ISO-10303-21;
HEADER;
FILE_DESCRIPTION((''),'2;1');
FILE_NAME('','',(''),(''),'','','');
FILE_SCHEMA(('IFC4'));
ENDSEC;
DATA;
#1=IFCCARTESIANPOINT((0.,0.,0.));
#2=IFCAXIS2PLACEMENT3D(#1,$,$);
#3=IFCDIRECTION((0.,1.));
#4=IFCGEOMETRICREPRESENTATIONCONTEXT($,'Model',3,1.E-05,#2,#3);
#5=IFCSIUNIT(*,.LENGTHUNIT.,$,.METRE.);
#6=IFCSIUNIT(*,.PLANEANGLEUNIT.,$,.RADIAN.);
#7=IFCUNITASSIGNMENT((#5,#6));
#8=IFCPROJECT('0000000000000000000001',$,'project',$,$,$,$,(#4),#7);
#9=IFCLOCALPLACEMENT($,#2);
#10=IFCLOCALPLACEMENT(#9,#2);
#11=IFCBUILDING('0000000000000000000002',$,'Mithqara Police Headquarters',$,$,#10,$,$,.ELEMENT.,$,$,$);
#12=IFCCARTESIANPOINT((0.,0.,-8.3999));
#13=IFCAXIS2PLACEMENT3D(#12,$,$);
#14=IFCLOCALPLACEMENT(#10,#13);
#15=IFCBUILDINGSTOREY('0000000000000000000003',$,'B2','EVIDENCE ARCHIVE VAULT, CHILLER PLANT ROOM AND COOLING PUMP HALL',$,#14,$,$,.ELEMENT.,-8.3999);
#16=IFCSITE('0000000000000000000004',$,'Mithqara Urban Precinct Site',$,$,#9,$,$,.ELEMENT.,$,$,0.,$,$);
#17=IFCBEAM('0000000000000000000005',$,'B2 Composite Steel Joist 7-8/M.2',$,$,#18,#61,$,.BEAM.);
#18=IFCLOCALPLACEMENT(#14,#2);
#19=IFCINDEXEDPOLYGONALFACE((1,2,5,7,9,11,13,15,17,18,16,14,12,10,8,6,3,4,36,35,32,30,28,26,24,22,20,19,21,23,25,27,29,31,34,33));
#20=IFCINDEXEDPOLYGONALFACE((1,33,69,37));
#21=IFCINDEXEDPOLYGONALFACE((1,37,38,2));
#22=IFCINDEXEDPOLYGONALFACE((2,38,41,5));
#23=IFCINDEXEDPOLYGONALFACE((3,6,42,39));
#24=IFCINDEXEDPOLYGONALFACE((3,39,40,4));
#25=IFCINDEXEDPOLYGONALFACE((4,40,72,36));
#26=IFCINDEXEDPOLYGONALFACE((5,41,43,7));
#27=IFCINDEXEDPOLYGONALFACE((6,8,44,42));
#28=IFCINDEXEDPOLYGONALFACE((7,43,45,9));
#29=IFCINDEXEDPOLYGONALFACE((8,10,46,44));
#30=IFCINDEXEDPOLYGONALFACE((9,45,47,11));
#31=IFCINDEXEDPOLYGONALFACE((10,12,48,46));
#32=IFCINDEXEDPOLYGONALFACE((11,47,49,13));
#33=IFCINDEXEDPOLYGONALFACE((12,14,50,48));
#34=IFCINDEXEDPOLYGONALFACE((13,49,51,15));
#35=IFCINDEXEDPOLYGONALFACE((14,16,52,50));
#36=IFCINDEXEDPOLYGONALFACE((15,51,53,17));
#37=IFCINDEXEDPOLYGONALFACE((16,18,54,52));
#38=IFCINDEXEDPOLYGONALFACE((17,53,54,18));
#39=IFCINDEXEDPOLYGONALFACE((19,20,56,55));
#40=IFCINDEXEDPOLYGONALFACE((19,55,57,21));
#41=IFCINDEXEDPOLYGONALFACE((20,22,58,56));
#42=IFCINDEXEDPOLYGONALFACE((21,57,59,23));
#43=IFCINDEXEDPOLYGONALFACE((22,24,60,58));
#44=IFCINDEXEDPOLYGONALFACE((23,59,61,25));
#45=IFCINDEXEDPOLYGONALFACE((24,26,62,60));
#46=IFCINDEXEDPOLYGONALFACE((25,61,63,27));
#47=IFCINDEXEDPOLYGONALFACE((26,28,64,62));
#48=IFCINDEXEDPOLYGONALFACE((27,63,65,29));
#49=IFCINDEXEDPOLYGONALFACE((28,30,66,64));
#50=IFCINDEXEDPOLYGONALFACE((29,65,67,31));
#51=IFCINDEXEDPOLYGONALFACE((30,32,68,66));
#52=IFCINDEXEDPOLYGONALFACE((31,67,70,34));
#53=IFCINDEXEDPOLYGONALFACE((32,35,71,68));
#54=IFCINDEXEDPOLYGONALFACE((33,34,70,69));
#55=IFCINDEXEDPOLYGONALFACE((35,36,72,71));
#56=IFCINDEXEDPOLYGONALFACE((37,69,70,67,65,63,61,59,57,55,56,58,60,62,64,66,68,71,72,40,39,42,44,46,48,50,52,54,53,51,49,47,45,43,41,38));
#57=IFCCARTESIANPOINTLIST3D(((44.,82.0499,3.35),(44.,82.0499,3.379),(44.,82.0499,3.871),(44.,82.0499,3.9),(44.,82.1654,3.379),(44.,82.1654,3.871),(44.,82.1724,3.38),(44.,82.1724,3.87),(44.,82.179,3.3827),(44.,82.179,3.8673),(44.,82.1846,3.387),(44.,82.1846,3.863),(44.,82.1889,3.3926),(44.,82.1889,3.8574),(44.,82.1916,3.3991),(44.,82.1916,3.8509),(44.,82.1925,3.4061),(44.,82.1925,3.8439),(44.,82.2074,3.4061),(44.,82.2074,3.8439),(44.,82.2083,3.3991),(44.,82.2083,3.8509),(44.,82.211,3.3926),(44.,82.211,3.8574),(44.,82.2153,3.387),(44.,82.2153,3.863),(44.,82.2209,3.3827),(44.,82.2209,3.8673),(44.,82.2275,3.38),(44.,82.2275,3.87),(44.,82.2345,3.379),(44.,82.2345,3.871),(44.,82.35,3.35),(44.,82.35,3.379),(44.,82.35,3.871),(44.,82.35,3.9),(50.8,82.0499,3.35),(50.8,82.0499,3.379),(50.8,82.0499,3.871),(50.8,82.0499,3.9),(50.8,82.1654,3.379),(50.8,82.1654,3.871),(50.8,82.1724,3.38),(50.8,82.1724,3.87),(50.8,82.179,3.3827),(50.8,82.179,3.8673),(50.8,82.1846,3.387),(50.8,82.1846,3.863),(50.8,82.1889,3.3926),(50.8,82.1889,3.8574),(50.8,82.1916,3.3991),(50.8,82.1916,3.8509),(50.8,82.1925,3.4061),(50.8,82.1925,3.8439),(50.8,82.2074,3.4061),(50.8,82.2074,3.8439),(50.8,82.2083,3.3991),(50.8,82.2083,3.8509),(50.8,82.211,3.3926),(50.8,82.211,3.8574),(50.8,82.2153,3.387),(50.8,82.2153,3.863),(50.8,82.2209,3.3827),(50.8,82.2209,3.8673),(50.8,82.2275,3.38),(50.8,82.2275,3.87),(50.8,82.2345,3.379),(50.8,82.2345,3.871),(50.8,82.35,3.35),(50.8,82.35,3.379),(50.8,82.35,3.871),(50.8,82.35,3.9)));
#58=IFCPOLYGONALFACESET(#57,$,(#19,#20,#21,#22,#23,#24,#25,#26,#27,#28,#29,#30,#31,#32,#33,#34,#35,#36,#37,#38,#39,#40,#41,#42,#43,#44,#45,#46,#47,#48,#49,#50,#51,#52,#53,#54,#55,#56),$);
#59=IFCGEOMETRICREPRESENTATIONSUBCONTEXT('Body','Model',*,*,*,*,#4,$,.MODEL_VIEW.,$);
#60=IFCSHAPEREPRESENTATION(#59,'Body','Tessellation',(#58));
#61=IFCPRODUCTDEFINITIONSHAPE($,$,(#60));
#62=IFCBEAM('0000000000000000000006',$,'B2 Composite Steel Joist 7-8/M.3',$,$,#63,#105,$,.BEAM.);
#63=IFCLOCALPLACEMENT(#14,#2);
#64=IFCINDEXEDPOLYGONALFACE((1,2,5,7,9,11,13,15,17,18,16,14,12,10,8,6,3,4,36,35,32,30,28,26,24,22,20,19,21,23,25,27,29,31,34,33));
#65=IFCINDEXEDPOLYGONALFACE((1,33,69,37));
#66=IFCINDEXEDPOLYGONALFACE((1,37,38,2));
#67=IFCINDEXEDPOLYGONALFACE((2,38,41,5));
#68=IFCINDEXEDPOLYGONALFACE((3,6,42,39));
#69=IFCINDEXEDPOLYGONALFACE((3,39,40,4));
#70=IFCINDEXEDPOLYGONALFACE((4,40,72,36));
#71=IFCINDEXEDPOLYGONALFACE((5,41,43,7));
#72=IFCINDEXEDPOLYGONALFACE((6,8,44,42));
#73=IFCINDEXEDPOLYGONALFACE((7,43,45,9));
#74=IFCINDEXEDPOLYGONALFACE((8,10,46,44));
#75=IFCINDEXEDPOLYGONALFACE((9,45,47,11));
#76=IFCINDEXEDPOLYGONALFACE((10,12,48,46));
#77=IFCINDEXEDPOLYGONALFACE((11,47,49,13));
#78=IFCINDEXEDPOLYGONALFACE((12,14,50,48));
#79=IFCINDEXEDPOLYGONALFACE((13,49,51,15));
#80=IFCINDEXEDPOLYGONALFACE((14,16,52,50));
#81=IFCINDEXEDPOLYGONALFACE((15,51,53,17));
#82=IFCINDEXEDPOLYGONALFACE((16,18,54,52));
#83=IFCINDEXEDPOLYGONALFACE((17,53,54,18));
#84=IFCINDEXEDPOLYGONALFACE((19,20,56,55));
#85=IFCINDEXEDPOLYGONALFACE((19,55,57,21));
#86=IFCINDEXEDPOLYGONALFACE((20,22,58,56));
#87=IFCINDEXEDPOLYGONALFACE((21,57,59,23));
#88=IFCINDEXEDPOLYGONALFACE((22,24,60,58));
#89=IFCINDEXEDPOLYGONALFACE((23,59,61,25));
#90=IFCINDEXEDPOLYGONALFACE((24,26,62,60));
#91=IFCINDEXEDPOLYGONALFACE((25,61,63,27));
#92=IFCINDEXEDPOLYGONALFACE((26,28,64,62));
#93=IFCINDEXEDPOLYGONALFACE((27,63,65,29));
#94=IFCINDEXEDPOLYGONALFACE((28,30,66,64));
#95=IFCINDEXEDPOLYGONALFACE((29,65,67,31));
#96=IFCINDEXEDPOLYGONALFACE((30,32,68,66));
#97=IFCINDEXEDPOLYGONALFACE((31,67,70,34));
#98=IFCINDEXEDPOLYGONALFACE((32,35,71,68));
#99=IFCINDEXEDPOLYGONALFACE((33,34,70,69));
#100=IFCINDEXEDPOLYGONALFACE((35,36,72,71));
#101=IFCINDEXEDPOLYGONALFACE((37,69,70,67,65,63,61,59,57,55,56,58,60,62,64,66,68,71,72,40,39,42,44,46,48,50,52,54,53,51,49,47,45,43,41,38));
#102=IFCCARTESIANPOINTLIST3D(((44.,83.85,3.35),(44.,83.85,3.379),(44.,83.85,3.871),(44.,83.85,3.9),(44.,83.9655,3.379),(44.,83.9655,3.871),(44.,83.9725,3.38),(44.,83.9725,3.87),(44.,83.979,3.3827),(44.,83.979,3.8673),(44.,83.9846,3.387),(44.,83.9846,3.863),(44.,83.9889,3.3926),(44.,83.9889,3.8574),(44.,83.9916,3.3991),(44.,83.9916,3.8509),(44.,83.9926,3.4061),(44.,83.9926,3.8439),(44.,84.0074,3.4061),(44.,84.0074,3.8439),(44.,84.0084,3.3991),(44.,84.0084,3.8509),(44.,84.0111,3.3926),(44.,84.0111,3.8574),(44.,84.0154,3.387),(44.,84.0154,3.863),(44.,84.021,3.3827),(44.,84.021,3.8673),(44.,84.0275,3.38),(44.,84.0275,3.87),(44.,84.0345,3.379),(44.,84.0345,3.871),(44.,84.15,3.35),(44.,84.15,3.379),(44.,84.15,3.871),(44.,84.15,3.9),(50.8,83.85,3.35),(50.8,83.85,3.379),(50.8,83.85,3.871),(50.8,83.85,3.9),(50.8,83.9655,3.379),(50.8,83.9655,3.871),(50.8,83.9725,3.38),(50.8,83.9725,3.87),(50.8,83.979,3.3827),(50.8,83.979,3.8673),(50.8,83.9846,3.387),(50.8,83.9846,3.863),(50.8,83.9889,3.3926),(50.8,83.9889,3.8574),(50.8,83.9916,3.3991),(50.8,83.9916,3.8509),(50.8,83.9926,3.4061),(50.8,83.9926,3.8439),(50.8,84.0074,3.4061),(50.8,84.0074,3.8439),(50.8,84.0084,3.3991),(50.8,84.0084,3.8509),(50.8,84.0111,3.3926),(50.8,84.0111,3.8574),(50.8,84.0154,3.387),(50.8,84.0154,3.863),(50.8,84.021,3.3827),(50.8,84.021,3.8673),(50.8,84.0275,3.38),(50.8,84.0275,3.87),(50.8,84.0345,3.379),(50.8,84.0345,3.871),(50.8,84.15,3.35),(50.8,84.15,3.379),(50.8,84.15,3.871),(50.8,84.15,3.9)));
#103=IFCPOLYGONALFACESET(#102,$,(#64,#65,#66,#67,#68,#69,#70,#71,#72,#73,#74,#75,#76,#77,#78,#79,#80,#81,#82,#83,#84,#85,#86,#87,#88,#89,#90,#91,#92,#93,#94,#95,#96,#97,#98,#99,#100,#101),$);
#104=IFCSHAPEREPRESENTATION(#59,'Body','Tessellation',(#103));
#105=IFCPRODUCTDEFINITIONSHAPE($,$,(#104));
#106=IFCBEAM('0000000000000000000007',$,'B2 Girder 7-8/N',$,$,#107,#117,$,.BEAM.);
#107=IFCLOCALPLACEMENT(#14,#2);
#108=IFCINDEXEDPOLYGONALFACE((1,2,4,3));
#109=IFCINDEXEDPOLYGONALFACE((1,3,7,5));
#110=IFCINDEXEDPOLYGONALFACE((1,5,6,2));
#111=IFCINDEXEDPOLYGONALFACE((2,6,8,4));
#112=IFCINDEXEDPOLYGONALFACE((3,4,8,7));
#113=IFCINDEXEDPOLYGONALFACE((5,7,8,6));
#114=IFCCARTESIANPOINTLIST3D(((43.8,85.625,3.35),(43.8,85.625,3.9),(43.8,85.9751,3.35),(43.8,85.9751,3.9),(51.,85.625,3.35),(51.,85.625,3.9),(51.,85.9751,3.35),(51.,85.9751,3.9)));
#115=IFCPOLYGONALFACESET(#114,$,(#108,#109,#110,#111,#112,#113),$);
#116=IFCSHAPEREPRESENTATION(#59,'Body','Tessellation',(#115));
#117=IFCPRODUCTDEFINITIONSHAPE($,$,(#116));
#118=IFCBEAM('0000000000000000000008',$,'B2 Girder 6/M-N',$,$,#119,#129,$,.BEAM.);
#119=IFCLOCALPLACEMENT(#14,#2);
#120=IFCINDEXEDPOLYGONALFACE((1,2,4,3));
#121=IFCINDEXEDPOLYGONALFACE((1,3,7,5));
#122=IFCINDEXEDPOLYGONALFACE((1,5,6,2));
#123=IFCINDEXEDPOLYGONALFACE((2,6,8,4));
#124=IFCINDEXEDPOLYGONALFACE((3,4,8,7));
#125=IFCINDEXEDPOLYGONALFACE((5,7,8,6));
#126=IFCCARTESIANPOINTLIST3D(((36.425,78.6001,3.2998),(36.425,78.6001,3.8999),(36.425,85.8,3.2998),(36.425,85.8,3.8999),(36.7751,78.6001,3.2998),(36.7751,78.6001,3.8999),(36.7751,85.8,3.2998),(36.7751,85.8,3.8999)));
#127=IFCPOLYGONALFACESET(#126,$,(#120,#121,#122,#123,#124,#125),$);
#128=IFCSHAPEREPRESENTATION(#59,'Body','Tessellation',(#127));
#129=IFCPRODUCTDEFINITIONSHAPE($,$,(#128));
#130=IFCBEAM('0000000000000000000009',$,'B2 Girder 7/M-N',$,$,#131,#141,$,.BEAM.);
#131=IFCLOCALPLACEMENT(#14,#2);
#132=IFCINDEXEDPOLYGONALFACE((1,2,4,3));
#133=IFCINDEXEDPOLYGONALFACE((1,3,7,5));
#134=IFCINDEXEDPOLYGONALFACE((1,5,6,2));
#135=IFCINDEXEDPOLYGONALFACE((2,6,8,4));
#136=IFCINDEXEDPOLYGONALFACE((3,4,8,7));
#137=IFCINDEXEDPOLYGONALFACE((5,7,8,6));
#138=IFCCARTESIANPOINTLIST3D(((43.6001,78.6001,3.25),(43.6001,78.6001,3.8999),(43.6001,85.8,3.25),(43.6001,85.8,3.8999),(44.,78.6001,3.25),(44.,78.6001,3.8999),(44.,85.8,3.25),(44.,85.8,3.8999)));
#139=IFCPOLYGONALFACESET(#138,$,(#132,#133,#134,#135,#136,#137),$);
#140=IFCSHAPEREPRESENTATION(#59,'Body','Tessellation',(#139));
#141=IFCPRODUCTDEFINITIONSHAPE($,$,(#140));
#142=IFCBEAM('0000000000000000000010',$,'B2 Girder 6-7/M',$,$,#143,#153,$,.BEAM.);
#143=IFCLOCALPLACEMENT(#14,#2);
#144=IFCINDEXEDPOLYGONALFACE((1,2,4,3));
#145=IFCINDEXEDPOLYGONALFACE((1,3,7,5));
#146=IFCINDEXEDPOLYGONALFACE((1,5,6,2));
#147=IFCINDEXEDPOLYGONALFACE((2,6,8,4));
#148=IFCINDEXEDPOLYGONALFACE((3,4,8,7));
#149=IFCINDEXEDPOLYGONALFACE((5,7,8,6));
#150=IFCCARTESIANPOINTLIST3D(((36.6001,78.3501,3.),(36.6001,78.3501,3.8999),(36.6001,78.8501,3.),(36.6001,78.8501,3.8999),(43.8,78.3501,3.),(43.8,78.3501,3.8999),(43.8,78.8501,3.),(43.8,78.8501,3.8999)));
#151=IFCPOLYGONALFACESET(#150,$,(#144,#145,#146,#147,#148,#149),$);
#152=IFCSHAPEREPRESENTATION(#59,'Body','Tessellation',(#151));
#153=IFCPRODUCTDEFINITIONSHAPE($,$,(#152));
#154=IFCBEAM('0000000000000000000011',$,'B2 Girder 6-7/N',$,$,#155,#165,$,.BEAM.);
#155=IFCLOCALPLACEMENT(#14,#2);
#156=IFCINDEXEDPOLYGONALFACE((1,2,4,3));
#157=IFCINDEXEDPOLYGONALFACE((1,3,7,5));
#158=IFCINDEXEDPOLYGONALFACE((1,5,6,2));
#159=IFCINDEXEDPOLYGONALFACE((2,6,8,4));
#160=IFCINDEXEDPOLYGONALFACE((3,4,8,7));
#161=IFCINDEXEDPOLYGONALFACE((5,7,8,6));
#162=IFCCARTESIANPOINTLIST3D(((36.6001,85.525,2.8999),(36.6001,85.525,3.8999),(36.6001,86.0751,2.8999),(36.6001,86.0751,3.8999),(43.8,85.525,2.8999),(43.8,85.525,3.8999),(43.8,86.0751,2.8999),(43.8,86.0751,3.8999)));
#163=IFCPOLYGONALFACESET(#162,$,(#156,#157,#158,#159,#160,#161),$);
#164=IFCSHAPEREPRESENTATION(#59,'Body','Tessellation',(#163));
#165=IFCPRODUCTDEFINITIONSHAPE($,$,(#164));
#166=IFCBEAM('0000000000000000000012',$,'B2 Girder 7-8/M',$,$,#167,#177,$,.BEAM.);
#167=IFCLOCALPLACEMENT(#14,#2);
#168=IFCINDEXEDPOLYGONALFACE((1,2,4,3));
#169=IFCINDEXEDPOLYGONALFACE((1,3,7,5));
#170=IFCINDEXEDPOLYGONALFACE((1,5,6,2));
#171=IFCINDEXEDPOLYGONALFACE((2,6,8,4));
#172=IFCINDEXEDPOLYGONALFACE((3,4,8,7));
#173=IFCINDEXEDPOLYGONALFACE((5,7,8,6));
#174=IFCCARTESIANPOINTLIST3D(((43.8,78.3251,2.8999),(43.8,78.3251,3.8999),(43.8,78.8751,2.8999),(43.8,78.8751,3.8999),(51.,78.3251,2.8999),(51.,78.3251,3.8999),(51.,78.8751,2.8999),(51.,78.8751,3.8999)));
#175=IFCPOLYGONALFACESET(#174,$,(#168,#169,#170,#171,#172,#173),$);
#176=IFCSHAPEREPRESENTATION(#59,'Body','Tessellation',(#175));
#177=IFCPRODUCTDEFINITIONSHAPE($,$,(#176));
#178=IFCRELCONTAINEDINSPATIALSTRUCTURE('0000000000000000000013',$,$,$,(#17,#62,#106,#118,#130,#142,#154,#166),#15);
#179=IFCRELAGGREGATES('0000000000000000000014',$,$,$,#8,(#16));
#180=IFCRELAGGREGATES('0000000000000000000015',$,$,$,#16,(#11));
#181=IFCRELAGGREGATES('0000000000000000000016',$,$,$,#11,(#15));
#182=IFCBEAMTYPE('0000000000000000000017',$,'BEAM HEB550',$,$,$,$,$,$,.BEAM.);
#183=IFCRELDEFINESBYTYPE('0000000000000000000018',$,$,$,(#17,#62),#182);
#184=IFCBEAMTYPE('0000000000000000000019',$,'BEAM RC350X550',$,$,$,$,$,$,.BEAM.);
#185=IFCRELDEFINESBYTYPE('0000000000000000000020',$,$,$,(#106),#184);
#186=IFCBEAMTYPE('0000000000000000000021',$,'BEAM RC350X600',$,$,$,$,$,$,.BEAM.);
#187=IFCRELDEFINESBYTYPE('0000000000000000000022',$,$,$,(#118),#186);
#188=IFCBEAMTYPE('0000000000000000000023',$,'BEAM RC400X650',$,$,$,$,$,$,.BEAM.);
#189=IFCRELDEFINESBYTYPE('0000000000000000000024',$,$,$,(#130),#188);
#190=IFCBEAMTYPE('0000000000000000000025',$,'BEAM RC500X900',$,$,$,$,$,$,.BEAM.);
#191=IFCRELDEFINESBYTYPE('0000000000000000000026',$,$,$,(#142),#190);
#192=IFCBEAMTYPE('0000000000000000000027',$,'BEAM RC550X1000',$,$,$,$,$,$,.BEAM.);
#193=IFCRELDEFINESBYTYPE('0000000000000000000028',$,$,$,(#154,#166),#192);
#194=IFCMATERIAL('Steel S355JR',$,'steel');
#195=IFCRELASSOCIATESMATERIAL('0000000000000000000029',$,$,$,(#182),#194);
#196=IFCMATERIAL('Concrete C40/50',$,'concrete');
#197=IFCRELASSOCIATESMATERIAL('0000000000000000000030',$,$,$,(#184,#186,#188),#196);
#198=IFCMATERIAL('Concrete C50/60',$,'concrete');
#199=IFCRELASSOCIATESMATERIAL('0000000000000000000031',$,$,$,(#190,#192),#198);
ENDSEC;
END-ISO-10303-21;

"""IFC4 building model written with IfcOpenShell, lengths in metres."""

from ifc_helpers import new_model, si_unit, direction, frame, origin, origin_2d, place, context, subcontext, project, spatial, rectangle, i_section, extrude, material, material_profile, profile_set, type_object, element, save


model = new_model("IFC4")

# Units and contexts
model_context = context("Model", 3, precision=1e-05, world=origin(), true_north=direction((0.0, 1.0)))
body_context = subcontext(model_context, "Body", "Model", "MODEL_VIEW")
ifc_project = project(units=[si_unit("LENGTHUNIT", "METRE"), si_unit("PLANEANGLEUNIT", "RADIAN")], contexts=[model_context])

# Site, building, storey
site_placement = place(None, origin())
site = spatial("IfcSite", under=ifc_project, at=site_placement, Name="Mithqara Urban Precinct Site", CompositionType="ELEMENT", RefElevation=0.0)
building_placement = place(site_placement, origin())
building = spatial("IfcBuilding", under=site, at=building_placement, Name="Mithqara Police Headquarters", CompositionType="ELEMENT")
storey_placement = place(building_placement, frame((0.0, 0.0, -8.3999)))
storey = spatial("IfcBuildingStorey", under=building, at=storey_placement, Name="B2", Description="EVIDENCE ARCHIVE VAULT, CHILLER PLANT ROOM AND COOLING PUMP HALL", CompositionType="ELEMENT", Elevation=-8.3999)

# Shared definitions
ifc_material_1 = material(Name="Concrete C40/50", Category="concrete")

# Shared definitions
ifc_material_2 = material(Name="Concrete C50/60", Category="concrete")

# Beams
ifc_material_3 = material(Name="Steel S355JR", Category="steel")
ifc_material_profile_1 = material_profile(ifc_material_3, i_section(OverallWidth=0.3, OverallDepth=0.55, WebThickness=0.0149, FlangeThickness=0.0291, FilletRadius=0.0271, at=origin_2d()), Name="HEB 550")
ifc_profile_set_1 = profile_set([ifc_material_profile_1], Name="Steel S355JR")
beam_type_1 = type_object("IfcBeamType", Name="BEAM HEB550", PredefinedType="BEAM", material=ifc_profile_set_1)
for number, where, z_axis, x_axis, name in (
    (1, (44.0, 82.2, 3.625), (1.0, 0.0, 0.0), (0.0, 1.0, 0.0), "B2 Composite Steel Joist 7-8/M.2"),
    (2, (44.0, 84.0, 3.625), (1.0, 0.0, 0.0), (0.0, 1.0, 0.0), "B2 Composite Steel Joist 7-8/M.3"),
):
    element("IfcBeam", number, at=place(storey_placement, frame(where, z_axis=z_axis, x_axis=x_axis)), inside=storey, type_object=beam_type_1, Name=name, PredefinedType="BEAM", context=body_context, shape_type="SweptSolid", body=[
        extrude(i_section(OverallWidth=0.3, OverallDepth=0.55, WebThickness=0.0149, FlangeThickness=0.0291, FilletRadius=0.0271, at=origin_2d()), origin(), (0.0, 0.0, 1.0), 6.8),
    ])
ifc_material_profile_2 = material_profile(ifc_material_1, rectangle(XDim=0.3501, YDim=0.55, at=origin_2d()), Name="RC 350x550")
ifc_profile_set_2 = profile_set([ifc_material_profile_2], Name="Concrete C40/50")
beam_type_2 = type_object("IfcBeamType", Name="BEAM RC350X550", PredefinedType="BEAM", material=ifc_profile_set_2)
beam_1_placement = place(storey_placement, frame((43.8, 85.8, 3.625), z_axis=(1.0, 0.0, 0.0), x_axis=(0.0, 1.0, 0.0)))
element("IfcBeam", 3, at=beam_1_placement, inside=storey, type_object=beam_type_2, Name="B2 Girder 7-8/N", PredefinedType="BEAM", context=body_context, shape_type="SweptSolid", body=[
    extrude(rectangle(XDim=0.3501, YDim=0.55, at=origin_2d()), origin(), (0.0, 0.0, 1.0), 7.2),
])
ifc_material_profile_3 = material_profile(ifc_material_1, rectangle(XDim=0.3501, YDim=0.6001, at=origin_2d()), Name="RC 350x600")
ifc_profile_set_3 = profile_set([ifc_material_profile_3], Name="Concrete C40/50")
beam_type_3 = type_object("IfcBeamType", Name="BEAM RC350X600", PredefinedType="BEAM", material=ifc_profile_set_3)
beam_2_placement = place(storey_placement, frame((36.6001, 78.6001, 3.5999), z_axis=(0.0, 1.0, 0.0), x_axis=(-1.0, 0.0, 0.0)))
element("IfcBeam", 4, at=beam_2_placement, inside=storey, type_object=beam_type_3, Name="B2 Girder 6/M-N", PredefinedType="BEAM", context=body_context, shape_type="SweptSolid", body=[
    extrude(rectangle(XDim=0.3501, YDim=0.6001, at=origin_2d()), origin(), (0.0, 0.0, 1.0), 7.2),
])
ifc_material_profile_4 = material_profile(ifc_material_1, rectangle(XDim=0.3999, YDim=0.6499, at=origin_2d()), Name="RC 400x650")
ifc_profile_set_4 = profile_set([ifc_material_profile_4], Name="Concrete C40/50")
beam_type_4 = type_object("IfcBeamType", Name="BEAM RC400X650", PredefinedType="BEAM", material=ifc_profile_set_4)
beam_3_placement = place(storey_placement, frame((43.8, 78.6001, 3.575), z_axis=(0.0, 1.0, 0.0), x_axis=(-1.0, 0.0, 0.0)))
element("IfcBeam", 5, at=beam_3_placement, inside=storey, type_object=beam_type_4, Name="B2 Girder 7/M-N", PredefinedType="BEAM", context=body_context, shape_type="SweptSolid", body=[
    extrude(rectangle(XDim=0.3999, YDim=0.6499, at=origin_2d()), origin(), (0.0, 0.0, 1.0), 7.2),
])
ifc_material_profile_5 = material_profile(ifc_material_2, rectangle(XDim=0.5, YDim=0.8999, at=origin_2d()), Name="RC 500x900")
ifc_profile_set_5 = profile_set([ifc_material_profile_5], Name="Concrete C50/60")
beam_type_5 = type_object("IfcBeamType", Name="BEAM RC500X900", PredefinedType="BEAM", material=ifc_profile_set_5)
beam_4_placement = place(storey_placement, frame((36.6001, 78.6001, 3.45), z_axis=(1.0, 0.0, 0.0), x_axis=(0.0, 1.0, 0.0)))
element("IfcBeam", 6, at=beam_4_placement, inside=storey, type_object=beam_type_5, Name="B2 Girder 6-7/M", PredefinedType="BEAM", context=body_context, shape_type="SweptSolid", body=[
    extrude(rectangle(XDim=0.5, YDim=0.8999, at=origin_2d()), origin(), (0.0, 0.0, 1.0), 7.2),
])
ifc_material_profile_6 = material_profile(ifc_material_2, rectangle(XDim=0.55, YDim=1.0, at=origin_2d()), Name="RC 550x1000")
ifc_profile_set_6 = profile_set([ifc_material_profile_6], Name="Concrete C50/60")
beam_type_6 = type_object("IfcBeamType", Name="BEAM RC550X1000", PredefinedType="BEAM", material=ifc_profile_set_6)
for number, where, z_axis, x_axis, name in (
    (7, (36.6001, 85.8, 3.3999), (1.0, 0.0, 0.0), (0.0, 1.0, 0.0), "B2 Girder 6-7/N"),
    (8, (43.8, 78.6001, 3.3999), (1.0, 0.0, 0.0), (0.0, 1.0, 0.0), "B2 Girder 7-8/M"),
):
    element("IfcBeam", number, at=place(storey_placement, frame(where, z_axis=z_axis, x_axis=x_axis)), inside=storey, type_object=beam_type_6, Name=name, PredefinedType="BEAM", context=body_context, shape_type="SweptSolid", body=[
        extrude(rectangle(XDim=0.55, YDim=1.0, at=origin_2d()), origin(), (0.0, 0.0, 1.0), 7.2),
    ])

save(model, "model.ifc")
